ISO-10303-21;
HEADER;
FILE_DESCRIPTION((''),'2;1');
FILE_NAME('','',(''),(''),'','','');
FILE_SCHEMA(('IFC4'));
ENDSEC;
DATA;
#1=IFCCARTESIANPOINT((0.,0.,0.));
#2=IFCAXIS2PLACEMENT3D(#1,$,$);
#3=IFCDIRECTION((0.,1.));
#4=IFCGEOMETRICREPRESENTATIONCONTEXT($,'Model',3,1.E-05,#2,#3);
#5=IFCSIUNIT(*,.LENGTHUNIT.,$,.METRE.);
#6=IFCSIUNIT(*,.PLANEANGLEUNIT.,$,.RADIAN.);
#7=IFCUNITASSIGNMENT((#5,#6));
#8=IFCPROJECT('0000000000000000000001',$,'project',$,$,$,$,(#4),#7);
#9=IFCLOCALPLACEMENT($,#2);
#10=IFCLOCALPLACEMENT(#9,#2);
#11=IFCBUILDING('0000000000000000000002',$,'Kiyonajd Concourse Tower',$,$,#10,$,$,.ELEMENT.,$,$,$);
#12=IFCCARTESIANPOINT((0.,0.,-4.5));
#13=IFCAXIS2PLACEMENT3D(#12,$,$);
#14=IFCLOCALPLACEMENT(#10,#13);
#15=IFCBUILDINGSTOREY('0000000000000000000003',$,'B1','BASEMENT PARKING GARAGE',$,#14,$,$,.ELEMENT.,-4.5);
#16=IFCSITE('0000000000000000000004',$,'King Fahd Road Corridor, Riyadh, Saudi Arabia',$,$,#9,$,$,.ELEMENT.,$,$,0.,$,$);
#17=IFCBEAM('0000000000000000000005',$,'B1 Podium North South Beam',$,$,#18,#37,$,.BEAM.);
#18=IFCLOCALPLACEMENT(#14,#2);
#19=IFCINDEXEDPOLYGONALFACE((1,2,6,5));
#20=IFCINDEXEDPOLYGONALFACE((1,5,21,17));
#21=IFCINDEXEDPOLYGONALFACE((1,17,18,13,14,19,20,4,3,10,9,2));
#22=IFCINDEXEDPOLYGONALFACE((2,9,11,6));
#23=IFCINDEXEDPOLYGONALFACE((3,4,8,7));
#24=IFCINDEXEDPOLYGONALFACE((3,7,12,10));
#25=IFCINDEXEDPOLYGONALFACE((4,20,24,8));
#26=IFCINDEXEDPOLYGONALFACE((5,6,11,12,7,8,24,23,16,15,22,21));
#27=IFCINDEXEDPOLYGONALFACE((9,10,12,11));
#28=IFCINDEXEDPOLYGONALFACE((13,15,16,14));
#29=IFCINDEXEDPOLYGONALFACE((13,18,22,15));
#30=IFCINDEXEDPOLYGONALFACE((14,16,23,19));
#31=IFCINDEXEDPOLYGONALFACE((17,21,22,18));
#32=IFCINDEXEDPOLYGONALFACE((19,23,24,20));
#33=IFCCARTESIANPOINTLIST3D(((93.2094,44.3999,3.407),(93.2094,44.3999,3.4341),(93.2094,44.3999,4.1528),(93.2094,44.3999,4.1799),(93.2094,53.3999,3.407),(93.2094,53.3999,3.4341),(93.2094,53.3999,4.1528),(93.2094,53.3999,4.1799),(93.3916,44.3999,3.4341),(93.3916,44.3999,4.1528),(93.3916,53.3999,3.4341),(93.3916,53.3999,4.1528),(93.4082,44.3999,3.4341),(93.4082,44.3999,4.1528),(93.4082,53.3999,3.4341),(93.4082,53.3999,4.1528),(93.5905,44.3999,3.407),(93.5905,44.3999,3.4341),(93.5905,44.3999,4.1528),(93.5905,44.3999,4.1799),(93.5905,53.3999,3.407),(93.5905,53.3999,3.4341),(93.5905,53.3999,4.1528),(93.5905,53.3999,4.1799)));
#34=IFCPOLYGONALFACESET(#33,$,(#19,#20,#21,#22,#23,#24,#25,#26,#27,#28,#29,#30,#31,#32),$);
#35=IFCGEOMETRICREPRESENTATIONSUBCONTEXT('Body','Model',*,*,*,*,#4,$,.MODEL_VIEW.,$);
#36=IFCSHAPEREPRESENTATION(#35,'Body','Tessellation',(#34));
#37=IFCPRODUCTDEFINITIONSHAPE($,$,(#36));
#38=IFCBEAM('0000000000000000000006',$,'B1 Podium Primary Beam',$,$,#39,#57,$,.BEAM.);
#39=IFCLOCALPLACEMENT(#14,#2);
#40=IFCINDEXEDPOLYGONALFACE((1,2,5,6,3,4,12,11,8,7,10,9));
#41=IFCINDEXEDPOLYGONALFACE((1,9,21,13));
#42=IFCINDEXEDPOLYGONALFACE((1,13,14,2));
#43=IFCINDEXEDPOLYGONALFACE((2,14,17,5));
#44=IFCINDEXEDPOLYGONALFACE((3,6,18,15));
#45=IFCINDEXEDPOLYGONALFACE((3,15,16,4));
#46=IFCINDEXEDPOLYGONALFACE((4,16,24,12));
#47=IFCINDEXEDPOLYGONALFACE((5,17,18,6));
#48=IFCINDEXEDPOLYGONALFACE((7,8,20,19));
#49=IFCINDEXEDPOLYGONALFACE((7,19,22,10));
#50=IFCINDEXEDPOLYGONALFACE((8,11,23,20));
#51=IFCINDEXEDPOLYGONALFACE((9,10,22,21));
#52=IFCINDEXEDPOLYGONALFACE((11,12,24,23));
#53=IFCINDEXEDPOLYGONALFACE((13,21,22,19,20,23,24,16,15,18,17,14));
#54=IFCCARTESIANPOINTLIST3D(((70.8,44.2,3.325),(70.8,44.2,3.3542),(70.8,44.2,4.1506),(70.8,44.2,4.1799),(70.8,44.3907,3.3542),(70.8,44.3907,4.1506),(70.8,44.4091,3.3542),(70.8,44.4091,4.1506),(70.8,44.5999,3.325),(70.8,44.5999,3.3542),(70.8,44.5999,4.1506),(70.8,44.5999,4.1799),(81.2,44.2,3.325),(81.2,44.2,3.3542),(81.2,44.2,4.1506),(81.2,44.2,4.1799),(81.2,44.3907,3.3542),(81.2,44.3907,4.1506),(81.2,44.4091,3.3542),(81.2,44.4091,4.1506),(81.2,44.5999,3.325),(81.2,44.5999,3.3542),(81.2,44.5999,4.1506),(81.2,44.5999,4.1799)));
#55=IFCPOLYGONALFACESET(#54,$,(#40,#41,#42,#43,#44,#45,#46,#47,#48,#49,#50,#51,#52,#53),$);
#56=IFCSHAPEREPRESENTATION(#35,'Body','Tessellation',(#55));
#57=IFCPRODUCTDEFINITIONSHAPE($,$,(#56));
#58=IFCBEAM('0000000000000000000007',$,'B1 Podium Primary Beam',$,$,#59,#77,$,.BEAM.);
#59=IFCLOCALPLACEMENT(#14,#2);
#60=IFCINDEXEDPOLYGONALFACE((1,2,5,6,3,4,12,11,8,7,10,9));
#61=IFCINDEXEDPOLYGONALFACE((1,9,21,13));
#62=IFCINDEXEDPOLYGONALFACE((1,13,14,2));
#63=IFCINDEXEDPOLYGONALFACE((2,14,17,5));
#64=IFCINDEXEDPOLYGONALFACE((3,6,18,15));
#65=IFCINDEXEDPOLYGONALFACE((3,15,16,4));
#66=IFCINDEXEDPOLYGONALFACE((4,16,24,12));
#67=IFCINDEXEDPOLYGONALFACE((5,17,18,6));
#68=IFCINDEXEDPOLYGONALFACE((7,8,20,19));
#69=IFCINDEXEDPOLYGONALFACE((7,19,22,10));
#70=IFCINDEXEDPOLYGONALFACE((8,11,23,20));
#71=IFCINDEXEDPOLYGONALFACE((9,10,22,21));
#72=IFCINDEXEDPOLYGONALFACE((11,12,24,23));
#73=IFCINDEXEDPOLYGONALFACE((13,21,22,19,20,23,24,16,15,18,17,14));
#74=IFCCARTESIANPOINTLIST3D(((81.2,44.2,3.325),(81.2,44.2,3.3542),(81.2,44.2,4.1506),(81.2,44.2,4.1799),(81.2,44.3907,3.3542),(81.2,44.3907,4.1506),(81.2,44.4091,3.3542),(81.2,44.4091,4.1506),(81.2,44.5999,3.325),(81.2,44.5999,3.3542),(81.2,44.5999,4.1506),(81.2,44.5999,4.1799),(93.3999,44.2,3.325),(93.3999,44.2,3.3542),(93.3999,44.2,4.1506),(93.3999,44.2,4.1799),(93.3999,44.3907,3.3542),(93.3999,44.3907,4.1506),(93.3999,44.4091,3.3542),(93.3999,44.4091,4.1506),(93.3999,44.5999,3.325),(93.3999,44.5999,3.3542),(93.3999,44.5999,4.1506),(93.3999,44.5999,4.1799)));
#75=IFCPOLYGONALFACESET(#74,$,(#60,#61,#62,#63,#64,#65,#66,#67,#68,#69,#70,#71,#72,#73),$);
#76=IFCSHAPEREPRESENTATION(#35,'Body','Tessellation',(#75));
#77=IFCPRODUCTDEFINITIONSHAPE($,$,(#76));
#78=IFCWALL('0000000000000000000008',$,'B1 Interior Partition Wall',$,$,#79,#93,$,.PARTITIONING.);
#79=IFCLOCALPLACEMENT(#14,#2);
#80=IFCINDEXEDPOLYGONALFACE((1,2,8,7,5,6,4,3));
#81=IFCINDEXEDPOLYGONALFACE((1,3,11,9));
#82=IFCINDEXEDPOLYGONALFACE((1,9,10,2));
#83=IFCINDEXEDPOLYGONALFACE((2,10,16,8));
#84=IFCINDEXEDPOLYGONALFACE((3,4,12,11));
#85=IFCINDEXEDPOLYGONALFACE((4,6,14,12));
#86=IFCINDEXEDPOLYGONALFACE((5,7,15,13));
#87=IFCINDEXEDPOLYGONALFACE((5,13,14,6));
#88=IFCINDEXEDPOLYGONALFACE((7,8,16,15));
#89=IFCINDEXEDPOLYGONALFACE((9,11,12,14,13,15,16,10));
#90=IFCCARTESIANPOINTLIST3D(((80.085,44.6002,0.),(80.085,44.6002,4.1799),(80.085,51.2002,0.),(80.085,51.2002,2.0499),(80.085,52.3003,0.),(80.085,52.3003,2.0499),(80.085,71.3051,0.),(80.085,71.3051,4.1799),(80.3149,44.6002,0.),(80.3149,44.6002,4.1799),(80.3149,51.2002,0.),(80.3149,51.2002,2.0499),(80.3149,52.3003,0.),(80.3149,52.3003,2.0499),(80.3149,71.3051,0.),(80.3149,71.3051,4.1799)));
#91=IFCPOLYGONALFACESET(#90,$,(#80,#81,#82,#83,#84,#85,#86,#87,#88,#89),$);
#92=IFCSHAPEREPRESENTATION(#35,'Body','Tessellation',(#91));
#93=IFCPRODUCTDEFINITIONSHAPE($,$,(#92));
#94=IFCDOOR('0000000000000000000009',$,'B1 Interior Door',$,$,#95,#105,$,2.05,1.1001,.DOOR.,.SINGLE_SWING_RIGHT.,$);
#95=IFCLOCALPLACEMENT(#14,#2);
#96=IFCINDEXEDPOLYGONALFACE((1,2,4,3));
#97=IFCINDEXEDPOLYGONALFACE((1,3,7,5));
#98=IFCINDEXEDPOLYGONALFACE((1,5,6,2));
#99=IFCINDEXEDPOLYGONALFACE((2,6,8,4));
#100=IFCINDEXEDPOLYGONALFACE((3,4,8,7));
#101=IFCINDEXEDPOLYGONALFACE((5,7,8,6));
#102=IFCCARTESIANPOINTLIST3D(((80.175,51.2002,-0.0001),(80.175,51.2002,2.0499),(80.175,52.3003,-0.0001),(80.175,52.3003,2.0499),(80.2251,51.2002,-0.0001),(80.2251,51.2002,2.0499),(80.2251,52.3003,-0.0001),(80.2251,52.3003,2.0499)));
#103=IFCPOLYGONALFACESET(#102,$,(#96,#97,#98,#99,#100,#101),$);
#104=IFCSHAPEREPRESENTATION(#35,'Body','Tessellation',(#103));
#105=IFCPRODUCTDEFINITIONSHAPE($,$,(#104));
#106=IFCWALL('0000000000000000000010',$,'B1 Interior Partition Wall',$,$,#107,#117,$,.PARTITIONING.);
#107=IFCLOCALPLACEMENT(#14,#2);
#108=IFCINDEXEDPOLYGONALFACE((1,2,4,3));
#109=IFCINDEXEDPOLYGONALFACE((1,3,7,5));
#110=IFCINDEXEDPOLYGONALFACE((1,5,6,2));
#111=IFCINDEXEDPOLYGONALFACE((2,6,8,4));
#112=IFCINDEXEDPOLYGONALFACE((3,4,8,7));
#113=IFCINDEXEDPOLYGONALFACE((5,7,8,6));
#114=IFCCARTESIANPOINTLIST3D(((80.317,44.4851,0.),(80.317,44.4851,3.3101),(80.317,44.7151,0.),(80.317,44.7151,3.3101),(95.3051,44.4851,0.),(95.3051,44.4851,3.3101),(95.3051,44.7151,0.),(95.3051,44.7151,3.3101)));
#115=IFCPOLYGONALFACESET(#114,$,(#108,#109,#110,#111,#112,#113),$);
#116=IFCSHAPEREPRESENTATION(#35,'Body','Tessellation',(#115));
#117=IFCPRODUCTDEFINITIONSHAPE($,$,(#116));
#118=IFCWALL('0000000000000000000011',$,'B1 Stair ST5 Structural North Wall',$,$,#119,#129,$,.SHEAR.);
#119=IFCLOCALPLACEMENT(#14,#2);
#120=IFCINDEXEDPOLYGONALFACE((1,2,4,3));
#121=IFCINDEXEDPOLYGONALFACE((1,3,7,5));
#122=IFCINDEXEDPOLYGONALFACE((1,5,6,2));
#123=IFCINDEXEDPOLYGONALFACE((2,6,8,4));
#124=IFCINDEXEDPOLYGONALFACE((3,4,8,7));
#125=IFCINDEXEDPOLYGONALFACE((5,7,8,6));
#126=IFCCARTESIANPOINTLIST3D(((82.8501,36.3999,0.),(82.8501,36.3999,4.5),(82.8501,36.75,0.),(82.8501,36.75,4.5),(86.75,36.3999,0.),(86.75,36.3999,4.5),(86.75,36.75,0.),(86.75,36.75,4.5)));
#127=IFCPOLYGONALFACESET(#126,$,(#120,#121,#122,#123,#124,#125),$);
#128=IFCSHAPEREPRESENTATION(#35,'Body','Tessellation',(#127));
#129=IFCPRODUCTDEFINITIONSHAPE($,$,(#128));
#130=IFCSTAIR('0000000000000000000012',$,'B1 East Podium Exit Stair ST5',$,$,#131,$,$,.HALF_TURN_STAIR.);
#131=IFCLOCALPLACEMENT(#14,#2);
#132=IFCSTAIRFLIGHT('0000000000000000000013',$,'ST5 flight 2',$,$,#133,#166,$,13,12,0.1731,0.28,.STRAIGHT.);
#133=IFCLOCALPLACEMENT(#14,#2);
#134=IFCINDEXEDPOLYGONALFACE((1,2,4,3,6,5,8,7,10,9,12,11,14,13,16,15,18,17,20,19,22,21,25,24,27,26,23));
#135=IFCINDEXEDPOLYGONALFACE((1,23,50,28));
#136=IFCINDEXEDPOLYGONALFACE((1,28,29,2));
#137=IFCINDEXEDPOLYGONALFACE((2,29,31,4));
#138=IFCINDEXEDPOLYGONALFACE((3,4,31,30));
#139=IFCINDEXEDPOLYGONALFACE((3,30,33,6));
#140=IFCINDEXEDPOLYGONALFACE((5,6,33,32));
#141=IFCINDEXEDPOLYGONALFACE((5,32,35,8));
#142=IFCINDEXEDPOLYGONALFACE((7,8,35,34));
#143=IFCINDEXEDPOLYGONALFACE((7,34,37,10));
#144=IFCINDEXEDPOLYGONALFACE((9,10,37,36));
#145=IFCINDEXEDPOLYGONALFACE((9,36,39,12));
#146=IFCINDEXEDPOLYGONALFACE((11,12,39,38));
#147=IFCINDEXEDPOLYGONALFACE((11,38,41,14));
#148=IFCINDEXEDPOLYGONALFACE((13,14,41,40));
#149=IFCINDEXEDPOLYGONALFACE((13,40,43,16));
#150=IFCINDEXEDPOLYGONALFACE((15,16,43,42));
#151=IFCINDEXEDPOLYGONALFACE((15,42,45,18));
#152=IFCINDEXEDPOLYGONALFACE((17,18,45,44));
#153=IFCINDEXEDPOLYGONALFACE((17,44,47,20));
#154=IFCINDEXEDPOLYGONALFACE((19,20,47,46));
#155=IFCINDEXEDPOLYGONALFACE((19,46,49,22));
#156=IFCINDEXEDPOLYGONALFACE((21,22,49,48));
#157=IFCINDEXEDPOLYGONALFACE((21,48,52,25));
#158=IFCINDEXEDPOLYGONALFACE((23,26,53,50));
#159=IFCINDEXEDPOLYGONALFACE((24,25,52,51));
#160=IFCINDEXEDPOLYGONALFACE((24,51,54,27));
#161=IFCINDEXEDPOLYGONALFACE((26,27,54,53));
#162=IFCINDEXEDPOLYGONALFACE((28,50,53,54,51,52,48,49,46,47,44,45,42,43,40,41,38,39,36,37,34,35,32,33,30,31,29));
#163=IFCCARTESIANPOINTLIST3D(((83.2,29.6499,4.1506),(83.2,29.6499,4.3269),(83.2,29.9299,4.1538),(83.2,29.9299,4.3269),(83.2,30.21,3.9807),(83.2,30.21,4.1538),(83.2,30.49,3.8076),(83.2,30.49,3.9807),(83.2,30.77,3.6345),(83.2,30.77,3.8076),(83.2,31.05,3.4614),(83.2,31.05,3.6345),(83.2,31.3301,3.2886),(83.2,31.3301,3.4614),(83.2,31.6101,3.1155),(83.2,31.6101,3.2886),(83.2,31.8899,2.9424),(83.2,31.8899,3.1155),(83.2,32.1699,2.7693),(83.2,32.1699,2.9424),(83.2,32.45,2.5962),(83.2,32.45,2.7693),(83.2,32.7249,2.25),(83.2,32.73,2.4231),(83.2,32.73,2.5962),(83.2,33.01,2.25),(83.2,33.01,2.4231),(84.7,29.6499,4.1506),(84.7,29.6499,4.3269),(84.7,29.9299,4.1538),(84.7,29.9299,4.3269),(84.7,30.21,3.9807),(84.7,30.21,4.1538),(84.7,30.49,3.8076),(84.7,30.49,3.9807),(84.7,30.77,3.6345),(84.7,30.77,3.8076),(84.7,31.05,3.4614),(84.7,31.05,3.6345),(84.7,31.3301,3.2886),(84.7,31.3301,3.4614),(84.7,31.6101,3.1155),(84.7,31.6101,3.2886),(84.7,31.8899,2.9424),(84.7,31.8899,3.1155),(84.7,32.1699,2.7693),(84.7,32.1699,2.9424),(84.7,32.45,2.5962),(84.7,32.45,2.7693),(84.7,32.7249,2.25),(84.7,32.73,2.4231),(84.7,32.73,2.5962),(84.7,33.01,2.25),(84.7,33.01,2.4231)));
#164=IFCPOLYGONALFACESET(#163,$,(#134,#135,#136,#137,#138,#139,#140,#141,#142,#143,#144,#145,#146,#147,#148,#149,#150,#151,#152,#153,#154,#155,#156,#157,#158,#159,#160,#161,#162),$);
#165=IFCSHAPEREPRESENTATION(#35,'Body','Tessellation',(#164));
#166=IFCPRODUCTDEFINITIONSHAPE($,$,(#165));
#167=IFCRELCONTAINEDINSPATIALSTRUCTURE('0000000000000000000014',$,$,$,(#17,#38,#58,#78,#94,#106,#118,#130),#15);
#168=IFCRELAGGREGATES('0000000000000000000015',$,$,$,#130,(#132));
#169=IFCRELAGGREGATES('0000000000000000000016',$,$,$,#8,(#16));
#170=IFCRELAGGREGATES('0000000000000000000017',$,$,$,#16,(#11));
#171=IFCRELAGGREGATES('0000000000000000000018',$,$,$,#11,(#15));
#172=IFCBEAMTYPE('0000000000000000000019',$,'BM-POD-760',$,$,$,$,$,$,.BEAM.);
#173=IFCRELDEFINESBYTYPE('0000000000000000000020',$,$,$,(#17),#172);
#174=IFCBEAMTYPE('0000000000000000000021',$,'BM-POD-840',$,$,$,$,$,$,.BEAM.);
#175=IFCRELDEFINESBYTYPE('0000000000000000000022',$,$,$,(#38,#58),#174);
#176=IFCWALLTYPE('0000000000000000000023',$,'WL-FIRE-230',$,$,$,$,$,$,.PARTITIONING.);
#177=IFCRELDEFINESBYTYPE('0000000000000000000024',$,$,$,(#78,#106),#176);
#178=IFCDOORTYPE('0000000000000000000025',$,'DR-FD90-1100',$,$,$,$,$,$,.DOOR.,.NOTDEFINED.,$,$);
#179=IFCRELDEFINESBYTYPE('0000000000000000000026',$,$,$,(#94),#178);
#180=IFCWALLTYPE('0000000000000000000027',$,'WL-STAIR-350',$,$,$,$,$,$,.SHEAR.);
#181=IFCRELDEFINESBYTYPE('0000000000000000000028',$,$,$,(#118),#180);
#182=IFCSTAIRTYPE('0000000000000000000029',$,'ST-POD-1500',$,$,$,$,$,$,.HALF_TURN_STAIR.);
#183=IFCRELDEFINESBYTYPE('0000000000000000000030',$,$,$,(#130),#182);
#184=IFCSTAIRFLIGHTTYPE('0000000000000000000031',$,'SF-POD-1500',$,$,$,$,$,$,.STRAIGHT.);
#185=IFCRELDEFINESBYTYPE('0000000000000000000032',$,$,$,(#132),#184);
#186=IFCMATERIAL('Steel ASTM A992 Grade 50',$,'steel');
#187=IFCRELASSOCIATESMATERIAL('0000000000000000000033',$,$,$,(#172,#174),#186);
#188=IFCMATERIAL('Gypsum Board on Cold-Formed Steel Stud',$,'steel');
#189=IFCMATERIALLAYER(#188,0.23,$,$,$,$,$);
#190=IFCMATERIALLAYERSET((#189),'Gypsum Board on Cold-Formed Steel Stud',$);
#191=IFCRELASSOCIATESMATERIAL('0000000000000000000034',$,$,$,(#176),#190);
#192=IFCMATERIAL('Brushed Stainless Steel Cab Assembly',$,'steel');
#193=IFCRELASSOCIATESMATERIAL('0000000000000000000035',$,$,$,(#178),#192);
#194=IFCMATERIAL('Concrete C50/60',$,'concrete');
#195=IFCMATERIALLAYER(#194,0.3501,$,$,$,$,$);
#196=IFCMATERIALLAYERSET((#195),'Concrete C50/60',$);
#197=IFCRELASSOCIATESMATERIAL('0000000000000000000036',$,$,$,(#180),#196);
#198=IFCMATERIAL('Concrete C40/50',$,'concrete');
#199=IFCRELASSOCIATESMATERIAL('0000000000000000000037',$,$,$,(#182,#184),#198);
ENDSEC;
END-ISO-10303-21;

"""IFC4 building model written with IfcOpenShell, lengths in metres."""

from ifc_helpers import new_model, si_unit, direction, frame, frame_2d, origin, origin_2d, place, context, subcontext, project, spatial, polyline, rectangle, i_section, outline, extrude, material, layer, layer_set, material_profile, profile_set, type_object, element, fill, aggregate, save


model = new_model("IFC4")

# Units and contexts
model_context = context("Model", 3, precision=1e-05, world=origin(), true_north=direction((0.0, 1.0)))
body_context = subcontext(model_context, "Body", "Model", "MODEL_VIEW")
ifc_project = project(units=[si_unit("LENGTHUNIT", "METRE"), si_unit("PLANEANGLEUNIT", "RADIAN")], contexts=[model_context])

# Site, building, storey
site_placement = place(None, origin())
site = spatial("IfcSite", under=ifc_project, at=site_placement, Name="King Fahd Road Corridor, Riyadh, Saudi Arabia", CompositionType="ELEMENT", RefElevation=0.0)
building_placement = place(site_placement, origin())
building = spatial("IfcBuilding", under=site, at=building_placement, Name="Kiyonajd Concourse Tower", CompositionType="ELEMENT")
storey_placement = place(building_placement, frame((0.0, 0.0, -4.5)))
storey = spatial("IfcBuildingStorey", under=building, at=storey_placement, Name="B1", Description="BASEMENT PARKING GARAGE", CompositionType="ELEMENT", Elevation=-4.5)

# Beams
ifc_material_1 = material(Name="Steel ASTM A992 Grade 50", Category="steel")
ifc_material_profile_1 = material_profile(ifc_material_1, i_section(OverallWidth=0.3811, OverallDepth=0.7729, WebThickness=0.0166, FlangeThickness=0.0271, at=origin_2d()), Name="W760X257")
ifc_profile_set_1 = profile_set([ifc_material_profile_1], Name="Steel ASTM A992 Grade 50")
beam_type_1 = type_object("IfcBeamType", Name="BM-POD-760", PredefinedType="BEAM", material=ifc_profile_set_1)
for number, where, z_axis, x_axis, name in (
    (1, (93.3999, 44.3999, 3.7935), (0.0, 1.0, 0.0), (-1.0, 0.0, 0.0), "B1 Podium North South Beam"),
):
    element("IfcBeam", number, at=place(storey_placement, frame(where, z_axis=z_axis, x_axis=x_axis)), inside=storey, type_object=beam_type_1, Name=name, PredefinedType="BEAM", context=body_context, shape_type="SweptSolid", body=[
        extrude(i_section(OverallWidth=0.3811, OverallDepth=0.7729, WebThickness=0.0166, FlangeThickness=0.0271, at=origin_2d()), origin(), (0.0, 0.0, 1.0), 9.0),
    ])
ifc_material_profile_2 = material_profile(ifc_material_1, i_section(OverallWidth=0.3999, OverallDepth=0.855, WebThickness=0.0183, FlangeThickness=0.0293, at=origin_2d()), Name="W840X299")
ifc_profile_set_2 = profile_set([ifc_material_profile_2], Name="Steel ASTM A992 Grade 50")
beam_type_2 = type_object("IfcBeamType", Name="BM-POD-840", PredefinedType="BEAM", material=ifc_profile_set_2)
beam_1_placement = place(storey_placement, frame((70.8, 44.3999, 3.7524), z_axis=(1.0, 0.0, 0.0), x_axis=(0.0, 1.0, 0.0)))
element("IfcBeam", 2, at=beam_1_placement, inside=storey, type_object=beam_type_2, Name="B1 Podium Primary Beam", PredefinedType="BEAM", context=body_context, shape_type="SweptSolid", body=[
    extrude(i_section(OverallWidth=0.3999, OverallDepth=0.855, WebThickness=0.0183, FlangeThickness=0.0293, at=origin_2d()), origin(), (0.0, 0.0, 1.0), 10.3999),
])
beam_2_placement = place(storey_placement, frame((81.2, 44.3999, 3.7524), z_axis=(1.0, 0.0, 0.0), x_axis=(0.0, 1.0, 0.0)))
element("IfcBeam", 3, at=beam_2_placement, inside=storey, type_object=beam_type_2, Name="B1 Podium Primary Beam", PredefinedType="BEAM", context=body_context, shape_type="SweptSolid", body=[
    extrude(i_section(OverallWidth=0.3999, OverallDepth=0.855, WebThickness=0.0183, FlangeThickness=0.0293, at=origin_2d()), origin(), (0.0, 0.0, 1.0), 12.2),
])

# Wall, opening, door
ifc_material_2 = material(Name="Gypsum Board on Cold-Formed Steel Stud", Category="steel")
ifc_layer_1 = layer(ifc_material_2, 0.23)
ifc_layer_set_1 = layer_set([ifc_layer_1], Name="Gypsum Board on Cold-Formed Steel Stud")
wall_type_1 = type_object("IfcWallType", Name="WL-FIRE-230", PredefinedType="PARTITIONING", material=ifc_layer_set_1)
wall_1_placement = place(storey_placement, frame((80.2, 44.6001, 0.0), z_axis=(0.0, 0.0, 1.0), x_axis=(0.0, 1.0, 0.0)))
wall_1 = element("IfcWall", 4, at=wall_1_placement, inside=storey, type_object=wall_type_1, Name="B1 Interior Partition Wall", PredefinedType="PARTITIONING", context=body_context, shape_type="SweptSolid", body=[
    extrude(rectangle(XDim=26.7048, YDim=0.23, at=frame_2d((13.3525, 0.0))), origin(), (0.0, 0.0, 1.0), 4.1799),
])
opening_placement = place(wall_1_placement, frame((6.6001, 0.0, 0.0)))
opening = element("IfcOpeningElement", 5, at=opening_placement, cuts=wall_1, PredefinedType="OPENING", context=body_context, shape_type="SweptSolid", body=[
    extrude(rectangle(XDim=1.1001, YDim=2.05, at=frame_2d((0.55, 1.0249))), frame((0.0, 0.125, 0.0), z_axis=(0.0, -1.0, 0.0), x_axis=(1.0, 0.0, 0.0)), (0.0, 0.0, 1.0), 0.25),
])
ifc_material_3 = material(Name="Brushed Stainless Steel Cab Assembly", Category="steel")
door_type = type_object("IfcDoorType", Name="DR-FD90-1100", OperationType="NOTDEFINED", PredefinedType="DOOR", material=ifc_material_3)
door_placement = place(opening_placement, origin())
door = element("IfcDoor", 6, at=door_placement, inside=storey, type_object=door_type, Name="B1 Interior Door", OperationType="SINGLE_SWING_RIGHT", OverallHeight=2.05, OverallWidth=1.1001, PredefinedType="DOOR", context=body_context, shape_type="SweptSolid", body=[
    extrude(rectangle(XDim=1.1001, YDim=2.05, at=frame_2d((0.55, 1.0249))), frame((0.0, 0.0249, 0.0), z_axis=(0.0, -1.0, 0.0), x_axis=(1.0, 0.0, 0.0)), (0.0, 0.0, 1.0), 0.05),
])
fill(opening, door)

# Walls
wall_2_placement = place(storey_placement, frame((80.3169, 44.6001, 0.0), z_axis=(0.0, 0.0, 1.0), x_axis=(1.0, 0.0, 0.0)))
element("IfcWall", 7, at=wall_2_placement, inside=storey, type_object=wall_type_1, Name="B1 Interior Partition Wall", PredefinedType="PARTITIONING", context=body_context, shape_type="SweptSolid", body=[
    extrude(rectangle(XDim=14.988, YDim=0.23, at=frame_2d((7.4941, 0.0))), origin(), (0.0, 0.0, 1.0), 3.3101),
])
ifc_material_4 = material(Name="Concrete C50/60", Category="concrete")
ifc_layer_2 = layer(ifc_material_4, 0.3501)
ifc_layer_set_2 = layer_set([ifc_layer_2], Name="Concrete C50/60")
wall_type_2 = type_object("IfcWallType", Name="WL-STAIR-350", PredefinedType="SHEAR", material=ifc_layer_set_2)
wall_3_placement = place(storey_placement, frame((82.8501, 36.575, 0.0), z_axis=(0.0, 0.0, 1.0), x_axis=(1.0, 0.0, 0.0)))
element("IfcWall", 8, at=wall_3_placement, inside=storey, type_object=wall_type_2, Name="B1 Stair ST5 Structural North Wall", PredefinedType="SHEAR", context=body_context, shape_type="SweptSolid", body=[
    extrude(rectangle(XDim=3.8999, YDim=0.3501, at=frame_2d((1.95, 0.0))), origin(), (0.0, 0.0, 1.0), 4.5),
])

# Stair, stair flight
ifc_material_5 = material(Name="Concrete C40/50", Category="concrete")
stair_type = type_object("IfcStairType", Name="ST-POD-1500", PredefinedType="HALF_TURN_STAIR", material=ifc_material_5)
stair_placement = place(storey_placement, origin())
stair = element("IfcStair", 9, at=stair_placement, inside=storey, type_object=stair_type, Name="B1 East Podium Exit Stair ST5", PredefinedType="HALF_TURN_STAIR")
stair_flight_type = type_object("IfcStairFlightType", Name="SF-POD-1500", PredefinedType="STRAIGHT", material=ifc_material_5)
stair_flight_placement = place(storey_placement, frame((83.95, 33.01, 2.25), z_axis=(0.0, 0.0, 1.0), x_axis=(0.0, -1.0, 0.0)))
stair_flight = element("IfcStairFlight", 10, at=stair_flight_placement, type_object=stair_flight_type, Name="ST5 flight 2", NumberOfRisers=13, NumberOfTreads=12, PredefinedType="STRAIGHT", RiserHeight=0.1731, TreadLength=0.28, context=body_context, shape_type="SweptSolid", body=[
    extrude(outline(polyline([(0.0, 0.0), (0.0, 0.1731), (0.28, 0.1731), (0.28, 0.3462), (0.5601, 0.3462), (0.5601, 0.5193), (0.8401, 0.5193), (0.8401, 0.6924), (1.1201, 0.6924), (1.1201, 0.8655), (1.3999, 0.8655), (1.3999, 1.0386), (1.6799, 1.0386), (1.6799, 1.2114), (1.96, 1.2114), (1.96, 1.3845), (2.24, 1.3845), (2.24, 1.5576), (2.52, 1.5576), (2.52, 1.7307), (2.8, 1.7307), (2.8, 1.9038), (3.0801, 1.9038), (3.0801, 2.0769), (3.3601, 2.0769), (3.3601, 2.25), (3.3601, 1.9006), (0.2852, 0.0), (0.0, 0.0)])), frame((0.0, 0.75, 0.0), z_axis=(0.0, -1.0, 0.0), x_axis=(1.0, 0.0, 0.0)), (0.0, 0.0, 1.0), 1.5),
])
aggregate(stair, [stair_flight])

save(model, "model.ifc")
